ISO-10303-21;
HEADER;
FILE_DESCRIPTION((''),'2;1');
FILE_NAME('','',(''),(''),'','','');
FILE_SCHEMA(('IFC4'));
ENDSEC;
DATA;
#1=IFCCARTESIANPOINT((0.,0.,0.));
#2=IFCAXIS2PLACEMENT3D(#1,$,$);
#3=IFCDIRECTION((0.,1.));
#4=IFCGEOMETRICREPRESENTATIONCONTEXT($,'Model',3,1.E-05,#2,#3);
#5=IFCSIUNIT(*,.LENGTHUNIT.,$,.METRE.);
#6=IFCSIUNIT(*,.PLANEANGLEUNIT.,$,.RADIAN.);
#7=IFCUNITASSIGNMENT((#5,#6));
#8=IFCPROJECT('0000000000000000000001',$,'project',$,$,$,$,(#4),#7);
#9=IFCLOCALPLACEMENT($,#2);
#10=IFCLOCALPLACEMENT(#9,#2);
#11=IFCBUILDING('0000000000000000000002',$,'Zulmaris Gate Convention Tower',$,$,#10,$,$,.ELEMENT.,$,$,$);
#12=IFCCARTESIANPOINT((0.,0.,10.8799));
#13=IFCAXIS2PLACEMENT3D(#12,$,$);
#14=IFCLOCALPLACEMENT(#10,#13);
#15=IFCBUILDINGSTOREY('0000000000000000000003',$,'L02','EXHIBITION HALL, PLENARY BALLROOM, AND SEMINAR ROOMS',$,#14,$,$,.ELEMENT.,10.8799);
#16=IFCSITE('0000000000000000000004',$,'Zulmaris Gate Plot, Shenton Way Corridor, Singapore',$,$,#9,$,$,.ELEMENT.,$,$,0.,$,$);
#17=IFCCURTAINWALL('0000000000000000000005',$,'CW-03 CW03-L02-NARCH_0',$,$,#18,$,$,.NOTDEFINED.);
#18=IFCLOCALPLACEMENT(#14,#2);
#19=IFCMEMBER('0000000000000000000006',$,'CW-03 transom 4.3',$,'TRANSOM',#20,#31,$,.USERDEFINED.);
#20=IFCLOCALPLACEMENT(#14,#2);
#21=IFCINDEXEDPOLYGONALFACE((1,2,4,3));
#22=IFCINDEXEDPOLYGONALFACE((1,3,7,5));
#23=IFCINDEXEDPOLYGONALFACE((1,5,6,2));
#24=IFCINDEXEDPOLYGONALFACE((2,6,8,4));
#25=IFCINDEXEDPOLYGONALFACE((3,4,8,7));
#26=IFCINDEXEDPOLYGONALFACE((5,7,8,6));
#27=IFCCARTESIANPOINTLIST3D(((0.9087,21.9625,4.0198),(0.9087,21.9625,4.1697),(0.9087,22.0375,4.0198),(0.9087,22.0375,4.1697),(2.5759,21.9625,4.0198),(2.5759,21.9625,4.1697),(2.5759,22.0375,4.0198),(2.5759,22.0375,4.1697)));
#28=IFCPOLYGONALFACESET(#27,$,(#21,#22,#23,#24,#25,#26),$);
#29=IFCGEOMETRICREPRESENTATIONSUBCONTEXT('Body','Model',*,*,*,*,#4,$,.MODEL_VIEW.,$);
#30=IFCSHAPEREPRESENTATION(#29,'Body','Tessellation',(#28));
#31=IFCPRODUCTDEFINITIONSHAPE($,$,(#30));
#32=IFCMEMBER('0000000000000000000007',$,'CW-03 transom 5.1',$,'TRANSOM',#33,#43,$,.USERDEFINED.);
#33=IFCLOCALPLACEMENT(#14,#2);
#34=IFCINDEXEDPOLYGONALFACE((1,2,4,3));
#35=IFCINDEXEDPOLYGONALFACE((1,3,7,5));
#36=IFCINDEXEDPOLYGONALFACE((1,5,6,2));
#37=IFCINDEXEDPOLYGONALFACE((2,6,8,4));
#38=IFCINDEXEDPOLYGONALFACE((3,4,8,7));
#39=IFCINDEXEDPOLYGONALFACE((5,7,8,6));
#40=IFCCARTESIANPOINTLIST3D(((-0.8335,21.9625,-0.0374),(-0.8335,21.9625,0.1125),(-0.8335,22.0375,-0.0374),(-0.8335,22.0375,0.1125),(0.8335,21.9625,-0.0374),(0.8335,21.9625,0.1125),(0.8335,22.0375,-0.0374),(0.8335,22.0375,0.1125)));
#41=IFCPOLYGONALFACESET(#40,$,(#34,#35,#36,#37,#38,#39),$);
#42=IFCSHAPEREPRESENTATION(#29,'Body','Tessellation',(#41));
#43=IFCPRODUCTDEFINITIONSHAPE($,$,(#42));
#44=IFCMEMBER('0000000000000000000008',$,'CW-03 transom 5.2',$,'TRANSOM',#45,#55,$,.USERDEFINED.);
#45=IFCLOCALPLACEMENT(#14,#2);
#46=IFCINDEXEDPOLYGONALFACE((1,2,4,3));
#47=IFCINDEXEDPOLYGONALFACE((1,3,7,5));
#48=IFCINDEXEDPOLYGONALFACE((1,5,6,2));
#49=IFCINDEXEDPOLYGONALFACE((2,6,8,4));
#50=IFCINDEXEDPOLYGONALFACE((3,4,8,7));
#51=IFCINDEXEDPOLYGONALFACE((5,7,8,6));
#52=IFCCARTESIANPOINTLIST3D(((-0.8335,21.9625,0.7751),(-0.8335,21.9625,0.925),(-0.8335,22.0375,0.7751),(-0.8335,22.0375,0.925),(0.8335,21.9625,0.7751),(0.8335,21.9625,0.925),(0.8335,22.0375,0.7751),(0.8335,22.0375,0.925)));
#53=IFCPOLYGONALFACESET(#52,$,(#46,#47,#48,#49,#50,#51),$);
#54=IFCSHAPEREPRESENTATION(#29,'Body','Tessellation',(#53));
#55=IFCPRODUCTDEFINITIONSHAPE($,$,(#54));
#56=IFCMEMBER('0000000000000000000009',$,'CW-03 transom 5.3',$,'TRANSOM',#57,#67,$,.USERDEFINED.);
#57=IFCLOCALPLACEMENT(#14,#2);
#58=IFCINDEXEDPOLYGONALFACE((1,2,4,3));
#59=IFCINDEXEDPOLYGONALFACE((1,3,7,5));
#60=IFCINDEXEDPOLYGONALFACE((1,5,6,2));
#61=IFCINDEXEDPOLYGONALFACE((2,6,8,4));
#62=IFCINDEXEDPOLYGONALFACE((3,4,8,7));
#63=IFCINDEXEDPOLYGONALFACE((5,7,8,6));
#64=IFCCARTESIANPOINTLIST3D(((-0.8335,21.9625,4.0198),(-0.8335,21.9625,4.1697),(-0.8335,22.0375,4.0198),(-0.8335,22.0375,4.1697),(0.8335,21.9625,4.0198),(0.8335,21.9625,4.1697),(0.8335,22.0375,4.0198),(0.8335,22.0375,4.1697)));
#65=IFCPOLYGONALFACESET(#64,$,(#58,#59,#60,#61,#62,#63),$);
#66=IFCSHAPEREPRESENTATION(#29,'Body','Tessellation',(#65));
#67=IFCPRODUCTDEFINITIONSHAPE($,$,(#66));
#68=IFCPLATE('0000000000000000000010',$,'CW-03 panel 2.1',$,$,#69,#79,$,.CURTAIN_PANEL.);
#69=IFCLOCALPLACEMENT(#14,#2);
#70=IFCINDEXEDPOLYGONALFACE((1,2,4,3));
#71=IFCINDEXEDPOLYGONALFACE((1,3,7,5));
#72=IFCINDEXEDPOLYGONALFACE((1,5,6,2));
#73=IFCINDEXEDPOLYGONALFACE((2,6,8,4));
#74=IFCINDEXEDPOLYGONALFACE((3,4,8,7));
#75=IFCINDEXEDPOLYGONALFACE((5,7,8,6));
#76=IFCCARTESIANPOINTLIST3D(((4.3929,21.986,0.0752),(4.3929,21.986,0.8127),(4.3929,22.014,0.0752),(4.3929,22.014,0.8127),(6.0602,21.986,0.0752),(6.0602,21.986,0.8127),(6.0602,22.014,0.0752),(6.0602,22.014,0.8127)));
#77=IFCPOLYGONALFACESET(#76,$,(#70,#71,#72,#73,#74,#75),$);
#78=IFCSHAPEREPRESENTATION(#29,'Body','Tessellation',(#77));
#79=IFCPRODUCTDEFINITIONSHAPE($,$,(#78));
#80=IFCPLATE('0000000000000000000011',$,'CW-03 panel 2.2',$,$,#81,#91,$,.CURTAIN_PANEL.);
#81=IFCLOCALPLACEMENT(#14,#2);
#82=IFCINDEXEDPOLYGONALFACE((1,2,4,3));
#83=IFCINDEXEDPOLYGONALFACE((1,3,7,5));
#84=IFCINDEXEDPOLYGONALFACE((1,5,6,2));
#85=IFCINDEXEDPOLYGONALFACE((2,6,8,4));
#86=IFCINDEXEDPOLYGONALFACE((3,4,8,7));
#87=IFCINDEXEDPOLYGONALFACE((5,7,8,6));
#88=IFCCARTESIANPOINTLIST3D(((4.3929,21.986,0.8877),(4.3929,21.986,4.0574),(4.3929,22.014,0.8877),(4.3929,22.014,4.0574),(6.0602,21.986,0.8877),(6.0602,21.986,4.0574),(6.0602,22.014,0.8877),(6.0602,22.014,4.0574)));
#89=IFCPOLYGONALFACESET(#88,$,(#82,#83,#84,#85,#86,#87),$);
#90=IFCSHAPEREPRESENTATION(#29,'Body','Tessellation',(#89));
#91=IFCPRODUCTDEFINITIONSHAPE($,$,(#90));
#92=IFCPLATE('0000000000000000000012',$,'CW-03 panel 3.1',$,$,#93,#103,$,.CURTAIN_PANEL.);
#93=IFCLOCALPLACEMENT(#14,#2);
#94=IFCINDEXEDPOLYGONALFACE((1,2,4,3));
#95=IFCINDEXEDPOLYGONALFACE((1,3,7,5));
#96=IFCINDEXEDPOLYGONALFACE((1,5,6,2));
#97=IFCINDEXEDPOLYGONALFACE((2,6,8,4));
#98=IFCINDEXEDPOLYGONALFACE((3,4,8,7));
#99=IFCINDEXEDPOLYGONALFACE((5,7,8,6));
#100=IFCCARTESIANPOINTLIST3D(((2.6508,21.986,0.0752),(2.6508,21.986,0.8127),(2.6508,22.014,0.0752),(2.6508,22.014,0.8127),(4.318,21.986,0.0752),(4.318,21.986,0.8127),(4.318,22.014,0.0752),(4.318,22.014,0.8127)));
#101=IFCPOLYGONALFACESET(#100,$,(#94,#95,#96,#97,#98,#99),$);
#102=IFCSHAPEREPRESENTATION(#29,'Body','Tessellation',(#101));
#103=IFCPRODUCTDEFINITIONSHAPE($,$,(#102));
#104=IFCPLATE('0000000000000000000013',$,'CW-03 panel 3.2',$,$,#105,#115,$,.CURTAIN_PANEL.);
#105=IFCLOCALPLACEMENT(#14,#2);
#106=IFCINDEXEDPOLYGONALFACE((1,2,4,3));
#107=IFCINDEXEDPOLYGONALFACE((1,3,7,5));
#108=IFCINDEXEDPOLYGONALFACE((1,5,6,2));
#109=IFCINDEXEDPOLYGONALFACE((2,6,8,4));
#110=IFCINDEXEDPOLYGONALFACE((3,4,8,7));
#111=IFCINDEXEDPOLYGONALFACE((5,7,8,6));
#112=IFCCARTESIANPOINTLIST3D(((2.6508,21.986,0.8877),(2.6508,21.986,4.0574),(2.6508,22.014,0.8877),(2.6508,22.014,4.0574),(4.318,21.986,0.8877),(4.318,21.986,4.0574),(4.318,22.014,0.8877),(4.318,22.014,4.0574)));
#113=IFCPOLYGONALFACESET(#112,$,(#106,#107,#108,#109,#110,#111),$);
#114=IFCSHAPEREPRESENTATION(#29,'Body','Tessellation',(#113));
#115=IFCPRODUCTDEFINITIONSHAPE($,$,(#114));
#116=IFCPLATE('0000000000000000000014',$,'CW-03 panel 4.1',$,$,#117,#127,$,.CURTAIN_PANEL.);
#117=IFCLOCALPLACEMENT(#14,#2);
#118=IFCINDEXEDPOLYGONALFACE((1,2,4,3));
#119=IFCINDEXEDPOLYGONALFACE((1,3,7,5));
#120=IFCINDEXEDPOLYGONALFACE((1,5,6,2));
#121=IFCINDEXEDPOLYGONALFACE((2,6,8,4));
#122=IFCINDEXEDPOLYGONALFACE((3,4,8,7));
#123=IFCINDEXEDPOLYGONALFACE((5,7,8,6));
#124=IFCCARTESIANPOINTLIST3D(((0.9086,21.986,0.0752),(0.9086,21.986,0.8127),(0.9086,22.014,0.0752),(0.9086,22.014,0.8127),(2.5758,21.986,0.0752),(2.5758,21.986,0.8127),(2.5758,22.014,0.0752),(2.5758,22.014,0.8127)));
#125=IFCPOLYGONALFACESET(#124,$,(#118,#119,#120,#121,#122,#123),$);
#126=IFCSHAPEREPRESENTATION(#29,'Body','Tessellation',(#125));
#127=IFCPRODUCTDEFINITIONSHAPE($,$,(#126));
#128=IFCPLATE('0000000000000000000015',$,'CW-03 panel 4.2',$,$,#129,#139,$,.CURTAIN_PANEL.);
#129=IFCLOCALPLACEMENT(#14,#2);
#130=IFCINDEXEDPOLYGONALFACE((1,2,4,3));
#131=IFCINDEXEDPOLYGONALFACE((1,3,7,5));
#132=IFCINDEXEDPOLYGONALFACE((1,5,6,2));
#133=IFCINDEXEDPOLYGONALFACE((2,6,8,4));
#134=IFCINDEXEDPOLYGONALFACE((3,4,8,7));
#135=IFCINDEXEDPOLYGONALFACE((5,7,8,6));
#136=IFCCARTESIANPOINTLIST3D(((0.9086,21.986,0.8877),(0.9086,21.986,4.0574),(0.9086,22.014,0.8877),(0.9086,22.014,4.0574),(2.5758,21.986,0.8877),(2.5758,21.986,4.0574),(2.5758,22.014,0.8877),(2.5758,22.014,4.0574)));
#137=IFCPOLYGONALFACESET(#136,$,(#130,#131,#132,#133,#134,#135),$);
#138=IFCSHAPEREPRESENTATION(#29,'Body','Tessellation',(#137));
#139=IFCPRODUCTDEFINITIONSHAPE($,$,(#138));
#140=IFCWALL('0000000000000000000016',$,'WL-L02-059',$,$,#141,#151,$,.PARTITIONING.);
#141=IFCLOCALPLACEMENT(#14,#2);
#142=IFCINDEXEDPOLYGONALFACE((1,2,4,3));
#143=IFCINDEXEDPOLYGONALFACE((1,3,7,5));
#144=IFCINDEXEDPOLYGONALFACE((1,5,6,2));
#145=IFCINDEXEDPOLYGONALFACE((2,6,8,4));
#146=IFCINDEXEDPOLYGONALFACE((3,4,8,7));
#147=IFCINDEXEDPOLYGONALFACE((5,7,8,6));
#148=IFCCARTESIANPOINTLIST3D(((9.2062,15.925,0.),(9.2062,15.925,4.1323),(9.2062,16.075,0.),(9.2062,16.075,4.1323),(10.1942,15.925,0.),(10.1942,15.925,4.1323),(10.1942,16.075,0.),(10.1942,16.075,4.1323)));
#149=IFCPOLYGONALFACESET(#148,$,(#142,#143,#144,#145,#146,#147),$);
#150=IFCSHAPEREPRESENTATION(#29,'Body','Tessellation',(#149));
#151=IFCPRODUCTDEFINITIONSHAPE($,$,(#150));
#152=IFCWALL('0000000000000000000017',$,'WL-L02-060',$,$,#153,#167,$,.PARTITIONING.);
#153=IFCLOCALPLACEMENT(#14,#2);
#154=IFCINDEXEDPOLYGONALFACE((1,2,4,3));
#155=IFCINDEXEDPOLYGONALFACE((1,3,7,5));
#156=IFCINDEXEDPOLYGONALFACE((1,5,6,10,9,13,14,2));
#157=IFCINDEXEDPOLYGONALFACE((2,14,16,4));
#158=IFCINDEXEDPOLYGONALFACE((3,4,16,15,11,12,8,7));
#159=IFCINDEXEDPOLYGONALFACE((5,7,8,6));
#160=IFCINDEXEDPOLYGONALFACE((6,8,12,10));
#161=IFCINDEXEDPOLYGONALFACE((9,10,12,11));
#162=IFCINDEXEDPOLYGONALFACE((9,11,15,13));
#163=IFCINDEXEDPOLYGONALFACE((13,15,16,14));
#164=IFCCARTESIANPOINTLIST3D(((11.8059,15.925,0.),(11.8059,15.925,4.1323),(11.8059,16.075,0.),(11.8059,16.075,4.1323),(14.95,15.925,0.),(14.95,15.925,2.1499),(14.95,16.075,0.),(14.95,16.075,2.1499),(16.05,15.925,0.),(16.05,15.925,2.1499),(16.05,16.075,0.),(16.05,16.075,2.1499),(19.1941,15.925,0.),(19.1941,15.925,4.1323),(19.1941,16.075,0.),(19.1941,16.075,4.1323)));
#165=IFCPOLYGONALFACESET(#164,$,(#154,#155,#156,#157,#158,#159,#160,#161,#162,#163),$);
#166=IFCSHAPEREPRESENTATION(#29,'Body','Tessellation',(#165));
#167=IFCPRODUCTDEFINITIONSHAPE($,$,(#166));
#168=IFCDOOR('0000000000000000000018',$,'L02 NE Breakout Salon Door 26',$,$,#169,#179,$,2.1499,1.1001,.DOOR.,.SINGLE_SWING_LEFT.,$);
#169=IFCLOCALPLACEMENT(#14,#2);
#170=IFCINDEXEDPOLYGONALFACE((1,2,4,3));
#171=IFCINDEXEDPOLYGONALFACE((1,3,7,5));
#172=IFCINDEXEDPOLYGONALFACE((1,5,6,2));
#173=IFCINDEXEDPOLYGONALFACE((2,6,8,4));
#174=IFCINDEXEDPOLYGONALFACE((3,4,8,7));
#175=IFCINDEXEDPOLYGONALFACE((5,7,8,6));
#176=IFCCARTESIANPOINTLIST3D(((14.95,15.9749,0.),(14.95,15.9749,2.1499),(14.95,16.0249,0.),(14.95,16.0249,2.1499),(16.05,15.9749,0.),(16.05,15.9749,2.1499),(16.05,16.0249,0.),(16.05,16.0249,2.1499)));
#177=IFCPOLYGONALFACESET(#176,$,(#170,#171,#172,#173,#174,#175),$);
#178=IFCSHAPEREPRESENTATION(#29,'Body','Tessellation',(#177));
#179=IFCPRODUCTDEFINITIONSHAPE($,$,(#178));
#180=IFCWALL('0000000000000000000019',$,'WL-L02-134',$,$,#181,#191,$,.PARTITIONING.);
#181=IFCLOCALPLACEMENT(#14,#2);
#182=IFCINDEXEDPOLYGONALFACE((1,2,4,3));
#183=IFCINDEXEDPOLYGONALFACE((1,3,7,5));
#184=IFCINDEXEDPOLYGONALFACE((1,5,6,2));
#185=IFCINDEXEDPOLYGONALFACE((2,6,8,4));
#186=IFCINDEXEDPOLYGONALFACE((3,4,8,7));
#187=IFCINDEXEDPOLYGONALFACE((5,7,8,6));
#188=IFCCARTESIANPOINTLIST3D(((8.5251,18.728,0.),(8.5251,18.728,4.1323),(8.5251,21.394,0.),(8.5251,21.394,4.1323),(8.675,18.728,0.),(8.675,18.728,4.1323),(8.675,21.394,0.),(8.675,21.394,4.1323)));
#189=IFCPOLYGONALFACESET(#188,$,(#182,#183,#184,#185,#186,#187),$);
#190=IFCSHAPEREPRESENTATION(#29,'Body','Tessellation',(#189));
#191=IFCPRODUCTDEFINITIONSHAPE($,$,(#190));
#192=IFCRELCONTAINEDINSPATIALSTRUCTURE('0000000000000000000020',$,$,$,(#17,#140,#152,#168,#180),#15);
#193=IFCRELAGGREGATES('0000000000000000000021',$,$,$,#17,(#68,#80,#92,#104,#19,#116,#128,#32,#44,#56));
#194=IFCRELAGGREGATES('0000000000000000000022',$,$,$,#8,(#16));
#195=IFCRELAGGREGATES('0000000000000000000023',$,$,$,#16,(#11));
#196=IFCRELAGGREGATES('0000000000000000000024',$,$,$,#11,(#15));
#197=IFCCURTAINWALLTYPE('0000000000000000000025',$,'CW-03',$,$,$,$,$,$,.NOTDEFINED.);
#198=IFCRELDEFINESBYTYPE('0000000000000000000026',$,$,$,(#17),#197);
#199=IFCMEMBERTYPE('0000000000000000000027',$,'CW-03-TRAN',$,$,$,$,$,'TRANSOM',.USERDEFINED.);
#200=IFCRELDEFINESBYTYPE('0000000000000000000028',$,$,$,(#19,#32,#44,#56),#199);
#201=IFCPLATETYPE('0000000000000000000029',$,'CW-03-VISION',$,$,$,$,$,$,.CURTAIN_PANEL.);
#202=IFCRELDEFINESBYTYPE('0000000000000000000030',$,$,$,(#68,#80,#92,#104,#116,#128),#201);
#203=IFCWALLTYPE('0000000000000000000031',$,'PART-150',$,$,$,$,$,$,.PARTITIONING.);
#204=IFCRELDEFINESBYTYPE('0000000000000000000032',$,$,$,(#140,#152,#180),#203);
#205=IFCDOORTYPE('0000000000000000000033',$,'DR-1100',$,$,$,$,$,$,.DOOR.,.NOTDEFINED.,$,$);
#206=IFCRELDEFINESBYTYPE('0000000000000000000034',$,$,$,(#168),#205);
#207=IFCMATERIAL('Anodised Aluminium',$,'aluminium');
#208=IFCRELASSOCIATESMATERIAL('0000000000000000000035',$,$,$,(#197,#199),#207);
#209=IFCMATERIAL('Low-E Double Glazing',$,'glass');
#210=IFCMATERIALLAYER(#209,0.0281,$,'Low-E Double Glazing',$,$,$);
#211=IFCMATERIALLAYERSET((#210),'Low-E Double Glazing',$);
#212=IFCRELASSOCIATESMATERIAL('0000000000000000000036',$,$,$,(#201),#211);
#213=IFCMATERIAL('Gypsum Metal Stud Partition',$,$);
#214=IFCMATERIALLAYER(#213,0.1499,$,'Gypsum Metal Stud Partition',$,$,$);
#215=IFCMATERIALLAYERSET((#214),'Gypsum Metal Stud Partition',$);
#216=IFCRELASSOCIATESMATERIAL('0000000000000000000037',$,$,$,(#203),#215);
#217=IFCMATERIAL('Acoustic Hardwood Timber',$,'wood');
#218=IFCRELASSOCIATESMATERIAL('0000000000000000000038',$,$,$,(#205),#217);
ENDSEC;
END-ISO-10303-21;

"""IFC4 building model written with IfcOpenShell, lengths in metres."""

from ifc_helpers import new_model, si_unit, direction, frame, frame_2d, origin, origin_2d, place, context, subcontext, project, spatial, rectangle, extrude, material, layer, layer_set, material_profile, profile_set, type_object, element, fill, aggregate, save


model = new_model("IFC4")

# Units and contexts
model_context = context("Model", 3, precision=1e-05, world=origin(), true_north=direction((0.0, 1.0)))
body_context = subcontext(model_context, "Body", "Model", "MODEL_VIEW")
ifc_project = project(units=[si_unit("LENGTHUNIT", "METRE"), si_unit("PLANEANGLEUNIT", "RADIAN")], contexts=[model_context])

# Site, building, storey
site_placement = place(None, origin())
site = spatial("IfcSite", under=ifc_project, at=site_placement, Name="Zulmaris Gate Plot, Shenton Way Corridor, Singapore", CompositionType="ELEMENT", RefElevation=0.0)
building_placement = place(site_placement, origin())
building = spatial("IfcBuilding", under=site, at=building_placement, Name="Zulmaris Gate Convention Tower", CompositionType="ELEMENT")
storey_placement = place(building_placement, frame((0.0, 0.0, 10.8799)))
storey = spatial("IfcBuildingStorey", under=building, at=storey_placement, Name="L02", Description="EXHIBITION HALL, PLENARY BALLROOM, AND SEMINAR ROOMS", CompositionType="ELEMENT", Elevation=10.8799)

# Curtain wall, members, plates
ifc_material_1 = material(Name="Anodised Aluminium", Category="aluminium")
curtain_wall_type = type_object("IfcCurtainWallType", Name="CW-03", PredefinedType="NOTDEFINED", material=ifc_material_1)
curtain_wall_placement = place(storey_placement, origin())
curtain_wall = element("IfcCurtainWall", 1, at=curtain_wall_placement, inside=storey, type_object=curtain_wall_type, Name="CW-03 CW03-L02-NARCH_0", PredefinedType="NOTDEFINED")
ifc_material_profile_1 = material_profile(ifc_material_1, rectangle(XDim=0.075, YDim=0.1499, at=origin_2d()), Name="ALU TRANSOM 75x150")
ifc_profile_set_1 = profile_set([ifc_material_profile_1], Name="Anodised Aluminium")
member_type_1 = type_object("IfcMemberType", Name="CW-03-TRAN", ElementType="TRANSOM", PredefinedType="USERDEFINED", material=ifc_profile_set_1)
member_1_placement = place(storey_placement, frame((2.5759, 22.0, 4.0947), z_axis=(-1.0, 0.0, 0.0), x_axis=(0.0, -1.0, 0.0)))
member_1 = element("IfcMember", 2, at=member_1_placement, type_object=member_type_1, Name="CW-03 transom 4.3", ObjectType="TRANSOM", PredefinedType="USERDEFINED", context=body_context, shape_type="SweptSolid", body=[
    extrude(rectangle(XDim=0.075, YDim=0.1499, at=origin_2d()), origin(), (0.0, 0.0, 1.0), 1.6672),
])
member_2_placement = place(storey_placement, frame((0.8335, 22.0, 0.0376), z_axis=(-1.0, 0.0, 0.0), x_axis=(0.0, -1.0, 0.0)))
member_2 = element("IfcMember", 3, at=member_2_placement, type_object=member_type_1, Name="CW-03 transom 5.1", ObjectType="TRANSOM", PredefinedType="USERDEFINED", context=body_context, shape_type="SweptSolid", body=[
    extrude(rectangle(XDim=0.075, YDim=0.1499, at=origin_2d()), origin(), (0.0, 0.0, 1.0), 1.667),
])
member_3_placement = place(storey_placement, frame((0.8335, 22.0, 0.8501), z_axis=(-1.0, 0.0, 0.0), x_axis=(0.0, -1.0, 0.0)))
member_3 = element("IfcMember", 4, at=member_3_placement, type_object=member_type_1, Name="CW-03 transom 5.2", ObjectType="TRANSOM", PredefinedType="USERDEFINED", context=body_context, shape_type="SweptSolid", body=[
    extrude(rectangle(XDim=0.075, YDim=0.1499, at=origin_2d()), origin(), (0.0, 0.0, 1.0), 1.667),
])
member_4_placement = place(storey_placement, frame((0.8335, 22.0, 4.0947), z_axis=(-1.0, 0.0, 0.0), x_axis=(0.0, -1.0, 0.0)))
member_4 = element("IfcMember", 5, at=member_4_placement, type_object=member_type_1, Name="CW-03 transom 5.3", ObjectType="TRANSOM", PredefinedType="USERDEFINED", context=body_context, shape_type="SweptSolid", body=[
    extrude(rectangle(XDim=0.075, YDim=0.1499, at=origin_2d()), origin(), (0.0, 0.0, 1.0), 1.667),
])
ifc_material_2 = material(Name="Low-E Double Glazing", Category="glass")
ifc_layer_1 = layer(ifc_material_2, 0.0281, Name="Low-E Double Glazing")
ifc_layer_set_1 = layer_set([ifc_layer_1], Name="Low-E Double Glazing")
plate_type = type_object("IfcPlateType", Name="CW-03-VISION", PredefinedType="CURTAIN_PANEL", material=ifc_layer_set_1)
plate_1_placement = place(storey_placement, frame((5.2266, 22.0, 0.0752), z_axis=(0.0, 0.0, 1.0), x_axis=(-1.0, 0.0, 0.0)))
plate_1 = element("IfcPlate", 6, at=plate_1_placement, type_object=plate_type, Name="CW-03 panel 2.1", PredefinedType="CURTAIN_PANEL", context=body_context, shape_type="SweptSolid", body=[
    extrude(rectangle(XDim=1.6672, YDim=0.0281, at=origin_2d()), origin(), (0.0, 0.0, 1.0), 0.7375),
])
plate_2_placement = place(storey_placement, frame((5.2266, 22.0, 0.8877), z_axis=(0.0, 0.0, 1.0), x_axis=(-1.0, 0.0, 0.0)))
plate_2 = element("IfcPlate", 7, at=plate_2_placement, type_object=plate_type, Name="CW-03 panel 2.2", PredefinedType="CURTAIN_PANEL", context=body_context, shape_type="SweptSolid", body=[
    extrude(rectangle(XDim=1.6672, YDim=0.0281, at=origin_2d()), origin(), (0.0, 0.0, 1.0), 3.1697),
])
plate_3_placement = place(storey_placement, frame((3.4844, 22.0, 0.0752), z_axis=(0.0, 0.0, 1.0), x_axis=(-1.0, 0.0, 0.0)))
plate_3 = element("IfcPlate", 8, at=plate_3_placement, type_object=plate_type, Name="CW-03 panel 3.1", PredefinedType="CURTAIN_PANEL", context=body_context, shape_type="SweptSolid", body=[
    extrude(rectangle(XDim=1.6672, YDim=0.0281, at=origin_2d()), origin(), (0.0, 0.0, 1.0), 0.7375),
])
plate_4_placement = place(storey_placement, frame((3.4844, 22.0, 0.8877), z_axis=(0.0, 0.0, 1.0), x_axis=(-1.0, 0.0, 0.0)))
plate_4 = element("IfcPlate", 9, at=plate_4_placement, type_object=plate_type, Name="CW-03 panel 3.2", PredefinedType="CURTAIN_PANEL", context=body_context, shape_type="SweptSolid", body=[
    extrude(rectangle(XDim=1.6672, YDim=0.0281, at=origin_2d()), origin(), (0.0, 0.0, 1.0), 3.1697),
])
plate_5_placement = place(storey_placement, frame((1.7422, 22.0, 0.0752), z_axis=(0.0, 0.0, 1.0), x_axis=(-1.0, 0.0, 0.0)))
plate_5 = element("IfcPlate", 10, at=plate_5_placement, type_object=plate_type, Name="CW-03 panel 4.1", PredefinedType="CURTAIN_PANEL", context=body_context, shape_type="SweptSolid", body=[
    extrude(rectangle(XDim=1.6672, YDim=0.0281, at=origin_2d()), origin(), (0.0, 0.0, 1.0), 0.7375),
])
plate_6_placement = place(storey_placement, frame((1.7422, 22.0, 0.8877), z_axis=(0.0, 0.0, 1.0), x_axis=(-1.0, 0.0, 0.0)))
plate_6 = element("IfcPlate", 11, at=plate_6_placement, type_object=plate_type, Name="CW-03 panel 4.2", PredefinedType="CURTAIN_PANEL", context=body_context, shape_type="SweptSolid", body=[
    extrude(rectangle(XDim=1.6672, YDim=0.0281, at=origin_2d()), origin(), (0.0, 0.0, 1.0), 3.1697),
])
aggregate(curtain_wall, [plate_1, plate_2, plate_3, plate_4, member_1, plate_5, plate_6, member_2, member_3, member_4])

# Wall
ifc_material_3 = material(Name="Gypsum Metal Stud Partition")
ifc_layer_2 = layer(ifc_material_3, 0.1499, Name="Gypsum Metal Stud Partition")
ifc_layer_set_2 = layer_set([ifc_layer_2], Name="Gypsum Metal Stud Partition")
wall_type = type_object("IfcWallType", Name="PART-150", PredefinedType="PARTITIONING", material=ifc_layer_set_2)
wall_1_placement = place(storey_placement, frame((9.2061, 16.0, 0.0), z_axis=(0.0, 0.0, 1.0), x_axis=(1.0, 0.0, 0.0)))
element("IfcWall", 12, at=wall_1_placement, inside=storey, type_object=wall_type, Name="WL-L02-059", PredefinedType="PARTITIONING", context=body_context, shape_type="SweptSolid", body=[
    extrude(rectangle(XDim=0.988, YDim=0.1499, at=frame_2d((0.4941, 0.0))), origin(), (0.0, 0.0, 1.0), 4.1323),
])

# Wall, opening, door
wall_2_placement = place(storey_placement, frame((11.8059, 16.0, 0.0), z_axis=(0.0, 0.0, 1.0), x_axis=(1.0, 0.0, 0.0)))
wall_2 = element("IfcWall", 13, at=wall_2_placement, inside=storey, type_object=wall_type, Name="WL-L02-060", PredefinedType="PARTITIONING", context=body_context, shape_type="SweptSolid", body=[
    extrude(rectangle(XDim=7.3882, YDim=0.1499, at=frame_2d((3.6941, 0.0))), origin(), (0.0, 0.0, 1.0), 4.1323),
])
opening_placement = place(wall_2_placement, frame((3.144, 0.0, 0.0)))
opening = element("IfcOpeningElement", 14, at=opening_placement, cuts=wall_2, PredefinedType="OPENING", context=body_context, shape_type="SweptSolid", body=[
    extrude(rectangle(XDim=1.1001, YDim=2.1499, at=frame_2d((0.55, 1.075))), frame((0.0, 0.085, 0.0), z_axis=(0.0, -1.0, 0.0), x_axis=(1.0, 0.0, 0.0)), (0.0, 0.0, 1.0), 0.1699),
])
ifc_material_4 = material(Name="Acoustic Hardwood Timber", Category="wood")
door_type = type_object("IfcDoorType", Name="DR-1100", OperationType="NOTDEFINED", PredefinedType="DOOR", material=ifc_material_4)
door_placement = place(opening_placement, origin())
door = element("IfcDoor", 15, at=door_placement, inside=storey, type_object=door_type, Name="L02 NE Breakout Salon Door 26", OperationType="SINGLE_SWING_LEFT", OverallHeight=2.1499, OverallWidth=1.1001, PredefinedType="DOOR", context=body_context, shape_type="SweptSolid", body=[
    extrude(rectangle(XDim=1.1001, YDim=2.1499, at=frame_2d((0.55, 1.075))), frame((0.0, 0.0249, 0.0), z_axis=(0.0, -1.0, 0.0), x_axis=(1.0, 0.0, 0.0)), (0.0, 0.0, 1.0), 0.05),
])
fill(opening, door)

# Wall
wall_3_placement = place(storey_placement, frame((8.6001, 18.728, 0.0), z_axis=(0.0, 0.0, 1.0), x_axis=(0.0, 1.0, 0.0)))
element("IfcWall", 16, at=wall_3_placement, inside=storey, type_object=wall_type, Name="WL-L02-134", PredefinedType="PARTITIONING", context=body_context, shape_type="SweptSolid", body=[
    extrude(rectangle(XDim=2.666, YDim=0.1499, at=frame_2d((1.333, 0.0))), origin(), (0.0, 0.0, 1.0), 4.1323),
])

save(model, "model.ifc")
